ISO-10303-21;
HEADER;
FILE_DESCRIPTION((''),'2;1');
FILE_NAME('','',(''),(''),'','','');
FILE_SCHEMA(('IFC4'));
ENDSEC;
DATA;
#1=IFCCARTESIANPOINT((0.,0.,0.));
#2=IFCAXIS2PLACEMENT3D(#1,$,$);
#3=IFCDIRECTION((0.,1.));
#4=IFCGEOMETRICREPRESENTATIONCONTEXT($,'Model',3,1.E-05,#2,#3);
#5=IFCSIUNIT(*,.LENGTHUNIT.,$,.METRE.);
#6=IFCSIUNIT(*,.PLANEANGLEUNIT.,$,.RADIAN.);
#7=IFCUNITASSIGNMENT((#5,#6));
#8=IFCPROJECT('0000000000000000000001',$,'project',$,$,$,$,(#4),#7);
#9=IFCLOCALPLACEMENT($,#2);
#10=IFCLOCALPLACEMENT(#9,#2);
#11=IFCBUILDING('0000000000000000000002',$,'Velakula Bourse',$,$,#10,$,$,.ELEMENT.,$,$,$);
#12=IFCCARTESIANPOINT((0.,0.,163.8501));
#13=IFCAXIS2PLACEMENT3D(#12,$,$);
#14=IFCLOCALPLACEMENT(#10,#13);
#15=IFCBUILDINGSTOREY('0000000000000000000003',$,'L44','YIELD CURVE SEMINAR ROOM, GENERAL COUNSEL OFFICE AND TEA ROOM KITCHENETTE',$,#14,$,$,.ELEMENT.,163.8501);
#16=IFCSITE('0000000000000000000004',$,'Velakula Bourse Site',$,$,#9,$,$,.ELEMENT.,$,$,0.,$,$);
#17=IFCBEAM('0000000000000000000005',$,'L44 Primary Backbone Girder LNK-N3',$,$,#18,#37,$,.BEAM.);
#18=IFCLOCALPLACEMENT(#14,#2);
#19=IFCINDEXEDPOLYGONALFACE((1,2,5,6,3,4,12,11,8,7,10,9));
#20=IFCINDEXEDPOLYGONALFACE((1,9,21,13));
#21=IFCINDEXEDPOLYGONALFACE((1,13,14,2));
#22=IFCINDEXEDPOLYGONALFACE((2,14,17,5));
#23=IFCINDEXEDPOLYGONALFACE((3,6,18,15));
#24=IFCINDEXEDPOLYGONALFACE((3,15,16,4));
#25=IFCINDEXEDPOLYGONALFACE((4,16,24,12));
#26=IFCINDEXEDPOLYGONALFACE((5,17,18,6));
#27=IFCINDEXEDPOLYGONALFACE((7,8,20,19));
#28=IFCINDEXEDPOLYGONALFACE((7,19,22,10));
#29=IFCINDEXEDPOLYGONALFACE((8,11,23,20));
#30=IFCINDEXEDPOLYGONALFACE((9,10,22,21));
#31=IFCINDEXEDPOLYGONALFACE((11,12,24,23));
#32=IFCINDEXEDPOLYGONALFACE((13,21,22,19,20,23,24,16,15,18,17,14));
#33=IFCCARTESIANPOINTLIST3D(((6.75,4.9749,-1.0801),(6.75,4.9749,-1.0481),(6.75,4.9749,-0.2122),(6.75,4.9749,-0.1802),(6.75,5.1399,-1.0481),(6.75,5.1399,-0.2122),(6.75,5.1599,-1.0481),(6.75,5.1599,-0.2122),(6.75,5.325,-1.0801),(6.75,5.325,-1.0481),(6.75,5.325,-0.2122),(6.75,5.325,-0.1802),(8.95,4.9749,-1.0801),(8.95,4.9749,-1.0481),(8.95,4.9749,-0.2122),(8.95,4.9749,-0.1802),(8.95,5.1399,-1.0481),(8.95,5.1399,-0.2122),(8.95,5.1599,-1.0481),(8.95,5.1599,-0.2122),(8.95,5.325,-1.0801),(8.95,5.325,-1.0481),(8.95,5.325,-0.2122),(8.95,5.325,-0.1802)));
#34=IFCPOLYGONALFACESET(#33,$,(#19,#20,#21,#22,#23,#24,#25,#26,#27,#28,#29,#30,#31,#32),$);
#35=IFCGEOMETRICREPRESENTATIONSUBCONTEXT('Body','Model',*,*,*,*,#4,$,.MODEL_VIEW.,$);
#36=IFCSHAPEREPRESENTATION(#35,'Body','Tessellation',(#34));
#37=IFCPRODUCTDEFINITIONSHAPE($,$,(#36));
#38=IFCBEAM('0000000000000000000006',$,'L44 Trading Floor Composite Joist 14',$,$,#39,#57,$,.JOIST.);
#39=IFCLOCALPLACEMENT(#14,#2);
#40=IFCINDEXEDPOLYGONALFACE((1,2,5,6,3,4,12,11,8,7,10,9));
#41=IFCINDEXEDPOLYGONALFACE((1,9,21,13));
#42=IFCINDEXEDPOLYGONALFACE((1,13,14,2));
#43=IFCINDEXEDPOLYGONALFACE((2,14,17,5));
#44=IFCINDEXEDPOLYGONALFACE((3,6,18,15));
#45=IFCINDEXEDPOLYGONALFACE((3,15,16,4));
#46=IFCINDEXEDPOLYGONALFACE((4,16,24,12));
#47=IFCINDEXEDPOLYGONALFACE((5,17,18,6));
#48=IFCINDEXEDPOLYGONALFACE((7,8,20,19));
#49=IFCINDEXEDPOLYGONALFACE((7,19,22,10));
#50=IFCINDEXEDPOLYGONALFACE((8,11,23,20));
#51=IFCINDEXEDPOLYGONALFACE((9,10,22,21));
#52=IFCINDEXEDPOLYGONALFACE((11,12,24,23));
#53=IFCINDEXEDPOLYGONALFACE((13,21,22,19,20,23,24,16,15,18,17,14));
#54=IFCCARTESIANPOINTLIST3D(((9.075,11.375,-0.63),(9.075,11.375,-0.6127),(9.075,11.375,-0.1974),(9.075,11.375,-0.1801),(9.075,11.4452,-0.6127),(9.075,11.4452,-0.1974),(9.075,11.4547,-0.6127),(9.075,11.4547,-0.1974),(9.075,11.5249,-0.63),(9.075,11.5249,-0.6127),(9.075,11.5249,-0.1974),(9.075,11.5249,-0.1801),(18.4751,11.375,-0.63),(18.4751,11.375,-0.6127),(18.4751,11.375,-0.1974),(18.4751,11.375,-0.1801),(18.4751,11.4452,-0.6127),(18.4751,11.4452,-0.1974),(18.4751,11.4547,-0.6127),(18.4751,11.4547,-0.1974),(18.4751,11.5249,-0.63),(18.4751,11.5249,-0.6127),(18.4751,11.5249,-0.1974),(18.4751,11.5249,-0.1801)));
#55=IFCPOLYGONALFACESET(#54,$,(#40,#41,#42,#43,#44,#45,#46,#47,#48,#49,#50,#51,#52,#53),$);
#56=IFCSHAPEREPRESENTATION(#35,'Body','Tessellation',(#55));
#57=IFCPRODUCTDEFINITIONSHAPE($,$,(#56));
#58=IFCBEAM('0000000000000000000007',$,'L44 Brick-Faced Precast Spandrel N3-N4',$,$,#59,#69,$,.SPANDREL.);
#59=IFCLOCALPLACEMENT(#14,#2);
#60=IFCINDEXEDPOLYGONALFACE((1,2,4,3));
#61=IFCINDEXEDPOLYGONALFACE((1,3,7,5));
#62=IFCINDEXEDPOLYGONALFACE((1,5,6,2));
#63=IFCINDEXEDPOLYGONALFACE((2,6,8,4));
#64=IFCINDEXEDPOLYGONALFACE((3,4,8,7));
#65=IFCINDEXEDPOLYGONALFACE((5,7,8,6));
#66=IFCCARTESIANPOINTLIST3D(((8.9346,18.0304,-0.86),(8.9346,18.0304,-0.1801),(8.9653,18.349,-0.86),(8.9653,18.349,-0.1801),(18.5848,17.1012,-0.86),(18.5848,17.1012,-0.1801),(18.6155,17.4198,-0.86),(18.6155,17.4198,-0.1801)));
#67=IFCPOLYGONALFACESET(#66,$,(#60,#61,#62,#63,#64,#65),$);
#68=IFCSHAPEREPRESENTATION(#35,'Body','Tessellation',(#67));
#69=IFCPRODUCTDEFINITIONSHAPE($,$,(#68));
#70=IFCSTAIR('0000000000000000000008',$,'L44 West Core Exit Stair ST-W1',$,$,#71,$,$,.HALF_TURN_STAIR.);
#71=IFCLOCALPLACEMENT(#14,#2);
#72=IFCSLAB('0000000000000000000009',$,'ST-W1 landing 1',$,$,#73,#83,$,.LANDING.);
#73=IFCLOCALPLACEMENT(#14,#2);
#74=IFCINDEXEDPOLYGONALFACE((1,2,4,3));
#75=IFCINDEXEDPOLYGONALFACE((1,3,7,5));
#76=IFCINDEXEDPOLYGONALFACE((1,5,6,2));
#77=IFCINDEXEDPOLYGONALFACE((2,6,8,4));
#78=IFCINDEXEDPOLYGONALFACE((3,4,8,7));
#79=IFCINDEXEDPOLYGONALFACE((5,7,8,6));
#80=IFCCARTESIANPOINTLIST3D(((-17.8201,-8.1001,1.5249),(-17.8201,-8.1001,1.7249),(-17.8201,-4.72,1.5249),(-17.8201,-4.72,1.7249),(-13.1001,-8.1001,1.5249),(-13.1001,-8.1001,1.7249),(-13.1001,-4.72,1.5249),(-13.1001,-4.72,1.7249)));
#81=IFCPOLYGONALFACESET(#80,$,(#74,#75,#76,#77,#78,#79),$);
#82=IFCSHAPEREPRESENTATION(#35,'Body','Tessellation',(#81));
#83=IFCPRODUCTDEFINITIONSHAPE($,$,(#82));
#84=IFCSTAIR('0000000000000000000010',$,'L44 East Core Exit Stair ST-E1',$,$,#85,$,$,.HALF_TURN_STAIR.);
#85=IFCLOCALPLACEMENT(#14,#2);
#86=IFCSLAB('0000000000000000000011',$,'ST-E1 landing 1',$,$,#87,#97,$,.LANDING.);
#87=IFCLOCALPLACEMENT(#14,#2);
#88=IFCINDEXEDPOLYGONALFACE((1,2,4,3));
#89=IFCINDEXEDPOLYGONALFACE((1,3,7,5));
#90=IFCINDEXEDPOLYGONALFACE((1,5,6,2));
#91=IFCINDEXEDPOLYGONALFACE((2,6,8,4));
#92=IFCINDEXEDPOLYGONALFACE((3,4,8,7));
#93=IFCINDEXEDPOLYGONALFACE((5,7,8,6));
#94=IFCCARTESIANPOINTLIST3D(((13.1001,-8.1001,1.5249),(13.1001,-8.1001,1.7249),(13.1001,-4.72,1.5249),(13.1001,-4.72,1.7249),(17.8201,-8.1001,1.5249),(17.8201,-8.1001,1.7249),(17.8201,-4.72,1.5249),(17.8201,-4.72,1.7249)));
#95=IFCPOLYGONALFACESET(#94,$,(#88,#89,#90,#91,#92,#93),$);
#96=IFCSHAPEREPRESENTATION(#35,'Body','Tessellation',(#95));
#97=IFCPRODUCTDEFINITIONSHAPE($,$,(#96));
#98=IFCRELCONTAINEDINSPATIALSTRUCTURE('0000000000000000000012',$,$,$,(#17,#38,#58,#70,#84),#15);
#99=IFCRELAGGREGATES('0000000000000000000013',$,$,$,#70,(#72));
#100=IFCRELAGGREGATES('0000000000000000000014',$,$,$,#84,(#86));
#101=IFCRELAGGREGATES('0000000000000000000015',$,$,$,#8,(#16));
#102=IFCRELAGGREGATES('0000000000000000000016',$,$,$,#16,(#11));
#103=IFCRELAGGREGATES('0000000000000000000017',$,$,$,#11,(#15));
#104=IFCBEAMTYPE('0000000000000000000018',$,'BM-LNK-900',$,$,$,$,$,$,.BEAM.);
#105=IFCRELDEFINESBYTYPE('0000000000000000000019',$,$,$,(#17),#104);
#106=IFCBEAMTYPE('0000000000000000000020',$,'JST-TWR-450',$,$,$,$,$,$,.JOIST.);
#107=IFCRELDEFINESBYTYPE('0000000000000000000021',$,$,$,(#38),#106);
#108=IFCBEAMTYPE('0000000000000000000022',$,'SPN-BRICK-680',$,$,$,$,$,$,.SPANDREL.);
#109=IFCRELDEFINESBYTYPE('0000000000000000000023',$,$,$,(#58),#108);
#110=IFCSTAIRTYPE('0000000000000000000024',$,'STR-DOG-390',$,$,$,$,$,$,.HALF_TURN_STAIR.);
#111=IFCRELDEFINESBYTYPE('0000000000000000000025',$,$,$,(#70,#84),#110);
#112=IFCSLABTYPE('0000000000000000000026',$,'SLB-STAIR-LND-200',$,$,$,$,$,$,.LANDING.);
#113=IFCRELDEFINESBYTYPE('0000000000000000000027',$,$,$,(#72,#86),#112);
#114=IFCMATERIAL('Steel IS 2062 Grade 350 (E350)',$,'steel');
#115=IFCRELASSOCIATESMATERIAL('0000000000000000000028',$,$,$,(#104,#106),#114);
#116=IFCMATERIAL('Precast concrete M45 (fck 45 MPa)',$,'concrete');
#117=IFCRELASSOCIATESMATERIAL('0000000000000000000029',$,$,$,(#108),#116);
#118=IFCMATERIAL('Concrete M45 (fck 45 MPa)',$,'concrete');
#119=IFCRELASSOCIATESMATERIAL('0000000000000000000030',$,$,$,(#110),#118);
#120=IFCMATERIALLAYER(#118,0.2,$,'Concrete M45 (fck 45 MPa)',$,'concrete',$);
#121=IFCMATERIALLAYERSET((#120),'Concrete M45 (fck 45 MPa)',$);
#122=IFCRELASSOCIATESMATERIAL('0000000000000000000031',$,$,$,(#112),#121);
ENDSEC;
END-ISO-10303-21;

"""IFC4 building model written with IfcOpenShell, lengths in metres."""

from ifc_helpers import new_model, si_unit, direction, frame, origin, origin_2d, place, context, subcontext, project, spatial, polyline, rectangle, i_section, outline, extrude, material, layer, layer_set, material_profile, profile_set, type_object, element, aggregate, save


model = new_model("IFC4")

# Units and contexts
model_context = context("Model", 3, precision=1e-05, world=origin(), true_north=direction((0.0, 1.0)))
body_context = subcontext(model_context, "Body", "Model", "MODEL_VIEW")
ifc_project = project(units=[si_unit("LENGTHUNIT", "METRE"), si_unit("PLANEANGLEUNIT", "RADIAN")], contexts=[model_context])

# Site, building, storey
site_placement = place(None, origin())
site = spatial("IfcSite", under=ifc_project, at=site_placement, Name="Velakula Bourse Site", CompositionType="ELEMENT", RefElevation=0.0)
building_placement = place(site_placement, origin())
building = spatial("IfcBuilding", under=site, at=building_placement, Name="Velakula Bourse", CompositionType="ELEMENT")
storey_placement = place(building_placement, frame((0.0, 0.0, 163.8501)))
storey = spatial("IfcBuildingStorey", under=building, at=storey_placement, Name="L44", Description="YIELD CURVE SEMINAR ROOM, GENERAL COUNSEL OFFICE AND TEA ROOM KITCHENETTE", CompositionType="ELEMENT", Elevation=163.8501)

# Shared definitions
ifc_material_1 = material(Name="Steel IS 2062 Grade 350 (E350)", Category="steel")

# Beams
ifc_material_profile_1 = material_profile(ifc_material_1, i_section(OverallWidth=0.3501, OverallDepth=0.8999, WebThickness=0.02, FlangeThickness=0.032, at=origin_2d()), Name="Steel IS 2062 Grade 350 (E350)")
ifc_profile_set_1 = profile_set([ifc_material_profile_1], Name="Steel IS 2062 Grade 350 (E350)")
beam_type_1 = type_object("IfcBeamType", Name="BM-LNK-900", PredefinedType="BEAM", material=ifc_profile_set_1)
beam_1_placement = place(storey_placement, frame((6.75, 5.1499, -0.6301), z_axis=(1.0, 0.0, 0.0), x_axis=(0.0, 1.0, 0.0)))
element("IfcBeam", 1, at=beam_1_placement, inside=storey, type_object=beam_type_1, Name="L44 Primary Backbone Girder LNK-N3", PredefinedType="BEAM", context=body_context, shape_type="SweptSolid", body=[
    extrude(i_section(OverallWidth=0.3501, OverallDepth=0.8999, WebThickness=0.02, FlangeThickness=0.032, at=origin_2d()), origin(), (0.0, 0.0, 1.0), 2.2),
])
ifc_material_profile_2 = material_profile(ifc_material_1, i_section(OverallWidth=0.1499, OverallDepth=0.45, WebThickness=0.0095, FlangeThickness=0.0173, at=origin_2d()), Name="Steel IS 2062 Grade 350 (E350)")
ifc_profile_set_2 = profile_set([ifc_material_profile_2], Name="Steel IS 2062 Grade 350 (E350)")
beam_type_2 = type_object("IfcBeamType", Name="JST-TWR-450", PredefinedType="JOIST", material=ifc_profile_set_2)
beam_2_placement = place(storey_placement, frame((9.075, 11.45, -0.405), z_axis=(1.0, 0.0, 0.0), x_axis=(0.0, 1.0, 0.0)))
element("IfcBeam", 2, at=beam_2_placement, inside=storey, type_object=beam_type_2, Name="L44 Trading Floor Composite Joist 14", PredefinedType="JOIST", context=body_context, shape_type="SweptSolid", body=[
    extrude(i_section(OverallWidth=0.1499, OverallDepth=0.45, WebThickness=0.0095, FlangeThickness=0.0173, at=origin_2d()), origin(), (0.0, 0.0, 1.0), 9.4001),
])
ifc_material_2 = material(Name="Precast concrete M45 (fck 45 MPa)", Category="concrete")
ifc_material_profile_3 = material_profile(ifc_material_2, rectangle(XDim=0.3201, YDim=0.6799, at=origin_2d()), Name="Precast concrete M45 (fck 45 MPa)")
ifc_profile_set_3 = profile_set([ifc_material_profile_3], Name="Precast concrete M45 (fck 45 MPa)")
beam_type_3 = type_object("IfcBeamType", Name="SPN-BRICK-680", PredefinedType="SPANDREL", material=ifc_profile_set_3)
beam_3_placement = place(storey_placement, frame((8.95, 18.1897, -0.52), z_axis=(0.995396, -0.095845, 0.0), x_axis=(0.095845, 0.995396, 0.0)))
element("IfcBeam", 3, at=beam_3_placement, inside=storey, type_object=beam_type_3, Name="L44 Brick-Faced Precast Spandrel N3-N4", PredefinedType="SPANDREL", context=body_context, shape_type="SweptSolid", body=[
    extrude(rectangle(XDim=0.3201, YDim=0.6799, at=origin_2d()), origin(), (0.0, 0.0, 1.0), 9.6948),
])

# Stairs, slabs
ifc_material_3 = material(Name="Concrete M45 (fck 45 MPa)", Category="concrete")
stair_type = type_object("IfcStairType", Name="STR-DOG-390", PredefinedType="HALF_TURN_STAIR", material=ifc_material_3)
stair_1_placement = place(storey_placement, origin())
stair_1 = element("IfcStair", 4, at=stair_1_placement, inside=storey, type_object=stair_type, Name="L44 West Core Exit Stair ST-W1", PredefinedType="HALF_TURN_STAIR")
ifc_layer_1 = layer(ifc_material_3, 0.2, Name="Concrete M45 (fck 45 MPa)", Category="concrete")
ifc_layer_set_1 = layer_set([ifc_layer_1], Name="Concrete M45 (fck 45 MPa)")
slab_type_1 = type_object("IfcSlabType", Name="SLB-STAIR-LND-200", PredefinedType="LANDING", material=ifc_layer_set_1)
slab_1_placement = place(storey_placement, frame((0.0, 0.0, 1.5249)))
slab_1 = element("IfcSlab", 5, at=slab_1_placement, type_object=slab_type_1, Name="ST-W1 landing 1", PredefinedType="LANDING", context=body_context, shape_type="SweptSolid", body=[
    extrude(outline(polyline([(-17.8201, -4.72), (-17.8201, -8.1001), (-13.1001, -8.1001), (-13.1001, -4.72), (-17.8201, -4.72)])), origin(), (0.0, 0.0, 1.0), 0.2),
])
aggregate(stair_1, [slab_1])
stair_2_placement = place(storey_placement, origin())
stair_2 = element("IfcStair", 6, at=stair_2_placement, inside=storey, type_object=stair_type, Name="L44 East Core Exit Stair ST-E1", PredefinedType="HALF_TURN_STAIR")
slab_2_placement = place(storey_placement, frame((0.0, 0.0, 1.5249)))
slab_2 = element("IfcSlab", 7, at=slab_2_placement, type_object=slab_type_1, Name="ST-E1 landing 1", PredefinedType="LANDING", context=body_context, shape_type="SweptSolid", body=[
    extrude(outline(polyline([(13.1001, -4.72), (13.1001, -8.1001), (17.8201, -8.1001), (17.8201, -4.72), (13.1001, -4.72)])), origin(), (0.0, 0.0, 1.0), 0.2),
])
aggregate(stair_2, [slab_2])

save(model, "model.ifc")
